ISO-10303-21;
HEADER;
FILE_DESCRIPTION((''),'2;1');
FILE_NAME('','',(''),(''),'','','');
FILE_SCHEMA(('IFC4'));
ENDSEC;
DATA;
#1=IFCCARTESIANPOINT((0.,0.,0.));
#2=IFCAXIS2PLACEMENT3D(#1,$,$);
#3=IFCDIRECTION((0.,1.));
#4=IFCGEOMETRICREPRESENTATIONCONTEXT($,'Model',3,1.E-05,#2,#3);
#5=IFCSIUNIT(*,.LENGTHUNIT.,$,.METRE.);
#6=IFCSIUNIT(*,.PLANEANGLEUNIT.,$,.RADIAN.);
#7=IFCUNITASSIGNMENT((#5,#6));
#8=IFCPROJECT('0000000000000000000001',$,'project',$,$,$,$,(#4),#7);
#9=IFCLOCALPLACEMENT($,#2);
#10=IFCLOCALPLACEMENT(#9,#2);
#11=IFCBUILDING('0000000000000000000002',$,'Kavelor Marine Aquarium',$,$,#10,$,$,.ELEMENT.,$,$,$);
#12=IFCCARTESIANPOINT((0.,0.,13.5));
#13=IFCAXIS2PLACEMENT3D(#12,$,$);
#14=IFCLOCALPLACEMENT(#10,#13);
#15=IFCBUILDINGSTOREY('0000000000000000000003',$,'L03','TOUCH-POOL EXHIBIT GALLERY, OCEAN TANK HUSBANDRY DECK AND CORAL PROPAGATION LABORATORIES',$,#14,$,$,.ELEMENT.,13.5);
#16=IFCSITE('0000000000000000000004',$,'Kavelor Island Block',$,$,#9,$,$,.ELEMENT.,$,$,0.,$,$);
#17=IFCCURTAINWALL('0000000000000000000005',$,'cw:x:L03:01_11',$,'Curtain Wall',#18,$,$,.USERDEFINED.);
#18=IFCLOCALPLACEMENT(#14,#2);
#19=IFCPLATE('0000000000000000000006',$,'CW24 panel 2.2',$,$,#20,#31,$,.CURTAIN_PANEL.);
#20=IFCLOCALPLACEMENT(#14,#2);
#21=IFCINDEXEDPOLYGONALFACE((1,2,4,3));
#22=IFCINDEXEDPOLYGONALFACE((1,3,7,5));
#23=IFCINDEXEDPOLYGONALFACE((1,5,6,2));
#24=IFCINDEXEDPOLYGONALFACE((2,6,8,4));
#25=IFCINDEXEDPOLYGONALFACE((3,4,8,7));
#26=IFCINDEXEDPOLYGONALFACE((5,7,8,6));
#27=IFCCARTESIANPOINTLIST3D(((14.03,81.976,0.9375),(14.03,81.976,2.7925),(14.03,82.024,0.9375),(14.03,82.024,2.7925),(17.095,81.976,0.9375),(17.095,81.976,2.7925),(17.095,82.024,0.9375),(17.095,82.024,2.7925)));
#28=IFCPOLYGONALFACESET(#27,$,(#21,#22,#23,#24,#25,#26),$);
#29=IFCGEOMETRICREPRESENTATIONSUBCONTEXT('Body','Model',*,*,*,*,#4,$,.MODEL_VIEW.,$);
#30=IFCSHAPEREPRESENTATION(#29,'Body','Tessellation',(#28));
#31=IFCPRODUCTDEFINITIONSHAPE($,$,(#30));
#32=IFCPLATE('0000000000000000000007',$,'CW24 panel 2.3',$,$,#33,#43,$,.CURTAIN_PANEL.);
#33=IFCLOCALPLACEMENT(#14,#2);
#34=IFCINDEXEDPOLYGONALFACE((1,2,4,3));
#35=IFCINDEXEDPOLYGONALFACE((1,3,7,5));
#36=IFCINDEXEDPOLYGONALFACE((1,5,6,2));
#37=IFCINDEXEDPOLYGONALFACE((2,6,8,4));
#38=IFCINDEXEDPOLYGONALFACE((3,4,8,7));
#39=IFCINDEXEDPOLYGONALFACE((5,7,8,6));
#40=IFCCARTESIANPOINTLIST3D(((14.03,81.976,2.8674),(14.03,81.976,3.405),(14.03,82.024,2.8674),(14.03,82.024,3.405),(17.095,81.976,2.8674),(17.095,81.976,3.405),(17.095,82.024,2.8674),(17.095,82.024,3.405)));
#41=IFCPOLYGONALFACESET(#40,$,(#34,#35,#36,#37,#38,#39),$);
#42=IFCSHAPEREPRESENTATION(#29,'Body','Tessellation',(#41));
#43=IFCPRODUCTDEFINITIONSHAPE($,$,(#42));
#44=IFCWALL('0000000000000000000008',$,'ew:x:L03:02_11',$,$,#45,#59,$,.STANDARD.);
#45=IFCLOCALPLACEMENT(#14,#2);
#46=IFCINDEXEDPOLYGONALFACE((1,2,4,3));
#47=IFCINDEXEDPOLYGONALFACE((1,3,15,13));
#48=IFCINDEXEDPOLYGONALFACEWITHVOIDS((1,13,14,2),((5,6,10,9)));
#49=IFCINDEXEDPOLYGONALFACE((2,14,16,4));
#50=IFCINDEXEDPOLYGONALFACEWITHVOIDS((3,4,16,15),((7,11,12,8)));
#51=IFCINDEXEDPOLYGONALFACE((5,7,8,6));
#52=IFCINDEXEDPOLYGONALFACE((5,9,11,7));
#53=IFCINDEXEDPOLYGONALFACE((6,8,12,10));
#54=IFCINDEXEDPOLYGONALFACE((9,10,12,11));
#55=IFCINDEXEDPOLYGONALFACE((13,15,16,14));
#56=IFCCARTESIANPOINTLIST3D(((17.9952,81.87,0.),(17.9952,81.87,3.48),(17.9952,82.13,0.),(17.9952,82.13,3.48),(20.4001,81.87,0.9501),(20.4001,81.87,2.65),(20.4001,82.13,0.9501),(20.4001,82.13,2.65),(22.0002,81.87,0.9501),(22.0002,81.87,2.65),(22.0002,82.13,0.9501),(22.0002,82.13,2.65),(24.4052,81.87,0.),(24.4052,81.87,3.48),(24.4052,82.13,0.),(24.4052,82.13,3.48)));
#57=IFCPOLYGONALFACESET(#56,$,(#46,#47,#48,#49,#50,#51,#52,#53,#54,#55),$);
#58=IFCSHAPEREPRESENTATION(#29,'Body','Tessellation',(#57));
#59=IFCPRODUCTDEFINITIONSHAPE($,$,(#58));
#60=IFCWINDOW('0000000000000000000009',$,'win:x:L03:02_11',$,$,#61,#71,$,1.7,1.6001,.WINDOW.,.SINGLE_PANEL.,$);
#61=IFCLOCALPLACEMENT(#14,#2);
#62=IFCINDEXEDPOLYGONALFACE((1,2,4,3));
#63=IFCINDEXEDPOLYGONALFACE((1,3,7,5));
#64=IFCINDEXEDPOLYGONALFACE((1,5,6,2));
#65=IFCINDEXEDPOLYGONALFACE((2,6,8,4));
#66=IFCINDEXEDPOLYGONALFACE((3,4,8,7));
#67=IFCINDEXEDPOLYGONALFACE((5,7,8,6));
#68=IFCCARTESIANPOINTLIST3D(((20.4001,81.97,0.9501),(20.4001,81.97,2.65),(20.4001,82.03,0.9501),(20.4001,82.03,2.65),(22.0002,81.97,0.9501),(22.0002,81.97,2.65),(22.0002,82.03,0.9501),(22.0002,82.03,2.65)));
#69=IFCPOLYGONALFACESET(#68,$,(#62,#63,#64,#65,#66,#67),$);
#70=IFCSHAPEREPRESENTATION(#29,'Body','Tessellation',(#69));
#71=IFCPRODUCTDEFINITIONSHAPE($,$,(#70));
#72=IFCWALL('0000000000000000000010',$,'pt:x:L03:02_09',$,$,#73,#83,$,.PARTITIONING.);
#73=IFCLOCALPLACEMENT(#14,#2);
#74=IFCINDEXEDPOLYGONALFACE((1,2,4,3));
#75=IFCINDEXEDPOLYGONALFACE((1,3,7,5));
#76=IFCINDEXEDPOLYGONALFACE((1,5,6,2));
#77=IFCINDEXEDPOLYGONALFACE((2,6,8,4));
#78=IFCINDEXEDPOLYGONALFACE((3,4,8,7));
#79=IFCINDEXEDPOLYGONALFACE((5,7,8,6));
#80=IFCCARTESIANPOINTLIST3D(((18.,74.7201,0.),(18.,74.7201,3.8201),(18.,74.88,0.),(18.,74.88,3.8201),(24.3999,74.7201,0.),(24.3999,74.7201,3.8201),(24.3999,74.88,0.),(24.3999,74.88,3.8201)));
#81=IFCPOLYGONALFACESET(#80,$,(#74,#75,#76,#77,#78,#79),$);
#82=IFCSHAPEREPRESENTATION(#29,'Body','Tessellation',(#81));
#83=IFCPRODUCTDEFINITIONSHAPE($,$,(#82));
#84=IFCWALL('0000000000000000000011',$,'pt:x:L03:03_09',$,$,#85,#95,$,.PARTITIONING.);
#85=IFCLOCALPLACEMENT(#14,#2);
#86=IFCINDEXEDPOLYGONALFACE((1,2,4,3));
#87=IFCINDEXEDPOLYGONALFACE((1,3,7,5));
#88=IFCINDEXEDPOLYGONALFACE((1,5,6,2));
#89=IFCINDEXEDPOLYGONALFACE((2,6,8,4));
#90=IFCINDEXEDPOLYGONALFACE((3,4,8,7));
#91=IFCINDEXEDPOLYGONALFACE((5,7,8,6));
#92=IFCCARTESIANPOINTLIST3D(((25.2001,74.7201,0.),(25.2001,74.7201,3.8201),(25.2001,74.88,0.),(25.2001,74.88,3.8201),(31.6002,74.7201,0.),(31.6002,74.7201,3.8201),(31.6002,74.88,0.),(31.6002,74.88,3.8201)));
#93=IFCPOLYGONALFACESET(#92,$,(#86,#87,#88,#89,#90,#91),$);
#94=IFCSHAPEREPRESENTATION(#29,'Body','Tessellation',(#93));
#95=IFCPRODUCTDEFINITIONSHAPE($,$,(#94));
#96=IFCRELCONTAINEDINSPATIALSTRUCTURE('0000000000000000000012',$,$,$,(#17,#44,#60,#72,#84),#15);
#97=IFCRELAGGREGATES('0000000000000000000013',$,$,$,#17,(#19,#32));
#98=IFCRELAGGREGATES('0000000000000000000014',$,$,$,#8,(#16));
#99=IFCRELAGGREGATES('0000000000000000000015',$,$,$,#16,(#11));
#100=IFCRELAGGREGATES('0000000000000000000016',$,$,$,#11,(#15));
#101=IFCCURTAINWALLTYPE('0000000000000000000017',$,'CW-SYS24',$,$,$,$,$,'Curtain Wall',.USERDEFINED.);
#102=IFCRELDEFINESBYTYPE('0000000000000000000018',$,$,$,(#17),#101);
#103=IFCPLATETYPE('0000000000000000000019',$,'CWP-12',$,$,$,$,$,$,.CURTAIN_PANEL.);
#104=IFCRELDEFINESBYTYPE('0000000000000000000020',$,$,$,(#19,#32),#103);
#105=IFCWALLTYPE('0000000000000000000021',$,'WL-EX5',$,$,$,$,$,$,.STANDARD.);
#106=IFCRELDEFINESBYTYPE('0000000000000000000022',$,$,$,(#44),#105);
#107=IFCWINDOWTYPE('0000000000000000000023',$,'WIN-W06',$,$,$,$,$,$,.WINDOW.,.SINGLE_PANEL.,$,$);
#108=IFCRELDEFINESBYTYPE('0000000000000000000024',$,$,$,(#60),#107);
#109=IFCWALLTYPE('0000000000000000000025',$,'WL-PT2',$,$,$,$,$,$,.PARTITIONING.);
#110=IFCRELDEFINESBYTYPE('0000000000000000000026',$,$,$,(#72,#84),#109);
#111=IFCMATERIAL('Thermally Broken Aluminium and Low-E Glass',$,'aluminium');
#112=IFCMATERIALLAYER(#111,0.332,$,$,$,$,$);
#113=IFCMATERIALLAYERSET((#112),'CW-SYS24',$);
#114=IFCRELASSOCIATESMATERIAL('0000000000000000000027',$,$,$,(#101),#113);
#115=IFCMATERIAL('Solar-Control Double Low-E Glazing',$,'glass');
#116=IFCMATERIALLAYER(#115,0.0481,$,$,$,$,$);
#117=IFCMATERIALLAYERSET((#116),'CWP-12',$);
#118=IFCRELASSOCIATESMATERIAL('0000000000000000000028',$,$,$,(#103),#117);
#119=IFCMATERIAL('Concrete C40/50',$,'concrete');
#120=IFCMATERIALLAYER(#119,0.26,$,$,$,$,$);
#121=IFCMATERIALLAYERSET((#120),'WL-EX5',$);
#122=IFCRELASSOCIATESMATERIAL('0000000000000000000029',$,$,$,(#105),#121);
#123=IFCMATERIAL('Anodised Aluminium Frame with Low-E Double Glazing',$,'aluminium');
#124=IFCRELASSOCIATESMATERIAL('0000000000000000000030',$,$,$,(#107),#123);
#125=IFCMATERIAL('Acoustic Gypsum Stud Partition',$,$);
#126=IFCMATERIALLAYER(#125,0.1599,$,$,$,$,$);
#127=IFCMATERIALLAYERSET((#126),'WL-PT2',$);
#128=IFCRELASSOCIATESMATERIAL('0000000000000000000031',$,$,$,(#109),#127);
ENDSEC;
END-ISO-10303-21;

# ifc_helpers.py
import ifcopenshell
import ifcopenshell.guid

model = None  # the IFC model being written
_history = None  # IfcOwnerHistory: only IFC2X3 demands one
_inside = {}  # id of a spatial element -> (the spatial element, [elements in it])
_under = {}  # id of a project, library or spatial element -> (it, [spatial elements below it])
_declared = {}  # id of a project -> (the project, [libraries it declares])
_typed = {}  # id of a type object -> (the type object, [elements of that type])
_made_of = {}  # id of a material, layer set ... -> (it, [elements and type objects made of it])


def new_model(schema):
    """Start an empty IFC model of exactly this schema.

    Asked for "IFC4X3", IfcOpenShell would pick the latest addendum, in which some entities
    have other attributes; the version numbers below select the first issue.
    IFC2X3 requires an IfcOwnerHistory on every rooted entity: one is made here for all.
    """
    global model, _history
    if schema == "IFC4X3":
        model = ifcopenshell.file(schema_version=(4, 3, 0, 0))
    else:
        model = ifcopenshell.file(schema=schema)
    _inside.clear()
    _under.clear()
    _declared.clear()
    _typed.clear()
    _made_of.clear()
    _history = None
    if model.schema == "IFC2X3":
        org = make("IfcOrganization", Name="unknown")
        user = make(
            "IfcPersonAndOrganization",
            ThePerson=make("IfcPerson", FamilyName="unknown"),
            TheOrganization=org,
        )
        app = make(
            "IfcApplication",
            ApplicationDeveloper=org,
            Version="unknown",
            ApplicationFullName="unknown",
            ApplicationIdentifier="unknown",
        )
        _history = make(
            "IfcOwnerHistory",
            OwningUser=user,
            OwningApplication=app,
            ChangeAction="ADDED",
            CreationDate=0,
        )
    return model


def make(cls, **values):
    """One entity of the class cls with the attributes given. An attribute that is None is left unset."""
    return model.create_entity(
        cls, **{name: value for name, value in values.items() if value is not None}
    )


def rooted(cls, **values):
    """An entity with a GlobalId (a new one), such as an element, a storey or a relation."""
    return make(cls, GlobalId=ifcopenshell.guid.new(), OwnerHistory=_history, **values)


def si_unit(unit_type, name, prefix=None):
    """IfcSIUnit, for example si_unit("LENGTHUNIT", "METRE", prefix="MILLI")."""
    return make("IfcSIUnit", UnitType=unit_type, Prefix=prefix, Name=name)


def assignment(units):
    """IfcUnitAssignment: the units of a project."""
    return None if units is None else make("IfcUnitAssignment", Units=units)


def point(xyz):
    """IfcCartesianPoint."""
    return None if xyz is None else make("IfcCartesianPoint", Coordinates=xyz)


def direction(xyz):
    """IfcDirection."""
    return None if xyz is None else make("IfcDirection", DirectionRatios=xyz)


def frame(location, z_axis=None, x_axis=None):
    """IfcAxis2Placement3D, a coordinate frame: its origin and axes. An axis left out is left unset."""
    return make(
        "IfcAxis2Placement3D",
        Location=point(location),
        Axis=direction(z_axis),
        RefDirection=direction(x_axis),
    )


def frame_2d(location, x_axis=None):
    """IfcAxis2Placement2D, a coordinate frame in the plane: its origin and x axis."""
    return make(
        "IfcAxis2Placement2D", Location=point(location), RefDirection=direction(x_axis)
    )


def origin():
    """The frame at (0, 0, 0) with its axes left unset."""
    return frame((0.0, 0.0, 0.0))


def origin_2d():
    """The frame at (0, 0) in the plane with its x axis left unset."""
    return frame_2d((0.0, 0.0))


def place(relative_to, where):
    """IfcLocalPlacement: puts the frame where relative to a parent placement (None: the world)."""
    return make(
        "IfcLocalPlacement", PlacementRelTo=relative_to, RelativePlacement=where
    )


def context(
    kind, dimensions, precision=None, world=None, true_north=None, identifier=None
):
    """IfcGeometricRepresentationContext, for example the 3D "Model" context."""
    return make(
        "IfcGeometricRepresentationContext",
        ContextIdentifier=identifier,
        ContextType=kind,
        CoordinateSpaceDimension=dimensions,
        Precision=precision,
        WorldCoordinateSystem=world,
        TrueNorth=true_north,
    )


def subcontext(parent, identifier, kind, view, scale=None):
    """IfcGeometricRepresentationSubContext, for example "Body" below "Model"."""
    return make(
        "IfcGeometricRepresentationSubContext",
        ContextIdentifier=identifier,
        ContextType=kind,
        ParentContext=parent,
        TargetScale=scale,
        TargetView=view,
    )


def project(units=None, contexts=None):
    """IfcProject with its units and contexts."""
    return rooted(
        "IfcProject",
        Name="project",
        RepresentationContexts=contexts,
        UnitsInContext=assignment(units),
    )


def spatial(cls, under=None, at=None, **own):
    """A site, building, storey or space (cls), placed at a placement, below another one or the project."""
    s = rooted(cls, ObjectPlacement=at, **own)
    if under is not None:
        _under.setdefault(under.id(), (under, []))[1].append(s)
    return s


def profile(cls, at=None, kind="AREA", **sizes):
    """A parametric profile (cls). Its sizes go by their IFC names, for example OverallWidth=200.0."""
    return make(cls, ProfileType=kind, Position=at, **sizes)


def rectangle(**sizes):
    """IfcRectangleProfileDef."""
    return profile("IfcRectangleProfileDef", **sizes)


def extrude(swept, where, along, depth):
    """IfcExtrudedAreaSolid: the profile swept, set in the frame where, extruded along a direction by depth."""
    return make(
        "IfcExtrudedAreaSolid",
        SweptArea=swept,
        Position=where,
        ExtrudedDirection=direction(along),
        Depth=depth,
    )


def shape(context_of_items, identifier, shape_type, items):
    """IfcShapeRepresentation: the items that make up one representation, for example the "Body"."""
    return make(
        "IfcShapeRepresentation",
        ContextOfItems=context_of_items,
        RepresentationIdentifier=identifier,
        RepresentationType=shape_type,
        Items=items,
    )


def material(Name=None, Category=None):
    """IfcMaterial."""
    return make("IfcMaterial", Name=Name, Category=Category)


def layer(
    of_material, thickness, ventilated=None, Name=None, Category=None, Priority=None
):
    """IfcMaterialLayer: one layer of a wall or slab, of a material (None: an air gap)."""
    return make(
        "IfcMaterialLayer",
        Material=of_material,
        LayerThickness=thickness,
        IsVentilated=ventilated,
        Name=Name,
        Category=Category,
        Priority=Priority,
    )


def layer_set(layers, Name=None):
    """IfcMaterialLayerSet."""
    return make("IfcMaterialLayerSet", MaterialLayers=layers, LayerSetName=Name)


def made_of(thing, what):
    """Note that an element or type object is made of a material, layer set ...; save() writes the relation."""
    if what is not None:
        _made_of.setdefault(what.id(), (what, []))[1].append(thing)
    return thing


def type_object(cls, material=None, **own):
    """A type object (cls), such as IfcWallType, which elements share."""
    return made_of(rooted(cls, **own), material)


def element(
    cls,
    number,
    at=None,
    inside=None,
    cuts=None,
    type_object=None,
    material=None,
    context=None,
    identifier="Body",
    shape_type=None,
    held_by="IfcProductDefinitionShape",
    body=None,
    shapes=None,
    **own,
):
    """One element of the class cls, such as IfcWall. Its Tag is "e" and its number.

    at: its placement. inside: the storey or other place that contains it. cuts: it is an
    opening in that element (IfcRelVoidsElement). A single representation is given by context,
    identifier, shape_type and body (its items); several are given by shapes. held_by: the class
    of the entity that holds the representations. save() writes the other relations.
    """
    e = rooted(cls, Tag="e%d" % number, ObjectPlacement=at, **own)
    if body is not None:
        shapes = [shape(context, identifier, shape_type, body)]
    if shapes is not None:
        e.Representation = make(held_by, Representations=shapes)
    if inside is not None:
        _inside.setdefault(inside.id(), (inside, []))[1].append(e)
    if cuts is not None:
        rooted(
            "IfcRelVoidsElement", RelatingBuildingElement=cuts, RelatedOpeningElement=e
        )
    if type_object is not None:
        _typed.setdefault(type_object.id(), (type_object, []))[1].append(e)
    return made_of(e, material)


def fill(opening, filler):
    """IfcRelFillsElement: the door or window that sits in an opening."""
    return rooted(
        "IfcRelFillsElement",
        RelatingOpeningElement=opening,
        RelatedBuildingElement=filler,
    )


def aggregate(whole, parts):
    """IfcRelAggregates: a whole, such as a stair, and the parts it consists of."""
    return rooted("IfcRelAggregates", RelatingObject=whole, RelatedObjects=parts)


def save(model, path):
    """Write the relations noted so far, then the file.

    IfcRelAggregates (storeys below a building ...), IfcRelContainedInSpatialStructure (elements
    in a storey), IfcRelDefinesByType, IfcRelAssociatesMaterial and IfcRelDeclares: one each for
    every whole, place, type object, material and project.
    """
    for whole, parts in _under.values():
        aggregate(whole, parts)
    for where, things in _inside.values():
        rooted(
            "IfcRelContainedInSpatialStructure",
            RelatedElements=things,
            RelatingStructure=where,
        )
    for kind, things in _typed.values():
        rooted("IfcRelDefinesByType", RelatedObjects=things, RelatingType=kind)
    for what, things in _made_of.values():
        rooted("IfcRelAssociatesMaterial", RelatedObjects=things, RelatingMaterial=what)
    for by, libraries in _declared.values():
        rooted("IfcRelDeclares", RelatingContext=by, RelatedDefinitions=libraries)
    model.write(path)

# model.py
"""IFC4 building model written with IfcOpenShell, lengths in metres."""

from ifc_helpers import new_model, si_unit, direction, frame, frame_2d, origin, origin_2d, place, context, subcontext, project, spatial, rectangle, extrude, material, layer, layer_set, type_object, element, fill, aggregate, save


model = new_model("IFC4")

# Units and contexts
model_context = context("Model", 3, precision=1e-05, world=origin(), true_north=direction((0.0, 1.0)))
body_context = subcontext(model_context, "Body", "Model", "MODEL_VIEW")
ifc_project = project(units=[si_unit("LENGTHUNIT", "METRE"), si_unit("PLANEANGLEUNIT", "RADIAN")], contexts=[model_context])

# Site, building, storey
site_placement = place(None, origin())
site = spatial("IfcSite", under=ifc_project, at=site_placement, Name="Kavelor Island Block", CompositionType="ELEMENT", RefElevation=0.0)
building_placement = place(site_placement, origin())
building = spatial("IfcBuilding", under=site, at=building_placement, Name="Kavelor Marine Aquarium", CompositionType="ELEMENT")
storey_placement = place(building_placement, frame((0.0, 0.0, 13.5)))
storey = spatial("IfcBuildingStorey", under=building, at=storey_placement, Name="L03", Description="TOUCH-POOL EXHIBIT GALLERY, OCEAN TANK HUSBANDRY DECK AND CORAL PROPAGATION LABORATORIES", CompositionType="ELEMENT", Elevation=13.5)

# Curtain wall
ifc_material_1 = material(Name="Thermally Broken Aluminium and Low-E Glass", Category="aluminium")
ifc_layer_1 = layer(ifc_material_1, 0.332)
ifc_layer_set_1 = layer_set([ifc_layer_1], Name="CW-SYS24")
curtain_wall_type_1 = type_object("IfcCurtainWallType", Name="CW-SYS24", ElementType="Curtain Wall", PredefinedType="USERDEFINED", material=ifc_layer_set_1)
curtain_wall_1_placement = place(storey_placement, origin())
curtain_wall_1 = element("IfcCurtainWall", 1, at=curtain_wall_1_placement, inside=storey, type_object=curtain_wall_type_1, Name="cw:x:L03:01_11", ObjectType="Curtain Wall", PredefinedType="USERDEFINED")

# Plates
ifc_material_2 = material(Name="Solar-Control Double Low-E Glazing", Category="glass")
ifc_layer_2 = layer(ifc_material_2, 0.0481)
ifc_layer_set_2 = layer_set([ifc_layer_2], Name="CWP-12")
plate_type = type_object("IfcPlateType", Name="CWP-12", PredefinedType="CURTAIN_PANEL", material=ifc_layer_set_2)
plate_1_placement = place(storey_placement, frame((15.5625, 82.0, 0.9375), z_axis=(0.0, 0.0, 1.0), x_axis=(1.0, 0.0, 0.0)))
plate_1 = element("IfcPlate", 2, at=plate_1_placement, type_object=plate_type, Name="CW24 panel 2.2", PredefinedType="CURTAIN_PANEL", context=body_context, shape_type="SweptSolid", body=[
    extrude(rectangle(XDim=3.0649, YDim=0.0481, at=origin_2d()), origin(), (0.0, 0.0, 1.0), 1.855),
])
plate_2_placement = place(storey_placement, frame((15.5625, 82.0, 2.8674), z_axis=(0.0, 0.0, 1.0), x_axis=(1.0, 0.0, 0.0)))
plate_2 = element("IfcPlate", 3, at=plate_2_placement, type_object=plate_type, Name="CW24 panel 2.3", PredefinedType="CURTAIN_PANEL", context=body_context, shape_type="SweptSolid", body=[
    extrude(rectangle(XDim=3.0649, YDim=0.0481, at=origin_2d()), origin(), (0.0, 0.0, 1.0), 0.5376),
])
aggregate(curtain_wall_1, [plate_1, plate_2])

# Wall, opening, window
ifc_material_3 = material(Name="Concrete C40/50", Category="concrete")
ifc_layer_3 = layer(ifc_material_3, 0.26)
ifc_layer_set_3 = layer_set([ifc_layer_3], Name="WL-EX5")
wall_type_1 = type_object("IfcWallType", Name="WL-EX5", PredefinedType="STANDARD", material=ifc_layer_set_3)
wall_1_placement = place(storey_placement, frame((17.9951, 82.0, 0.0), z_axis=(0.0, 0.0, 1.0), x_axis=(1.0, 0.0, 0.0)))
wall_1 = element("IfcWall", 4, at=wall_1_placement, inside=storey, type_object=wall_type_1, Name="ew:x:L03:02_11", PredefinedType="STANDARD", context=body_context, shape_type="SweptSolid", body=[
    extrude(rectangle(XDim=6.4099, YDim=0.26, at=frame_2d((3.2051, 0.0))), origin(), (0.0, 0.0, 1.0), 3.48),
])
opening_placement = place(wall_1_placement, frame((2.405, 0.0, 0.95)))
opening = element("IfcOpeningElement", 5, at=opening_placement, cuts=wall_1, PredefinedType="OPENING", context=body_context, shape_type="SweptSolid", body=[
    extrude(rectangle(XDim=1.6001, YDim=1.7, at=frame_2d((0.8, 0.8501))), frame((0.0, 0.1399, 0.0), z_axis=(0.0, -1.0, 0.0), x_axis=(1.0, 0.0, 0.0)), (0.0, 0.0, 1.0), 0.28),
])
ifc_material_4 = material(Name="Anodised Aluminium Frame with Low-E Double Glazing", Category="aluminium")
window_type = type_object("IfcWindowType", Name="WIN-W06", PartitioningType="SINGLE_PANEL", PredefinedType="WINDOW", material=ifc_material_4)
window_placement = place(opening_placement, origin())
window = element("IfcWindow", 6, at=window_placement, inside=storey, type_object=window_type, Name="win:x:L03:02_11", OverallHeight=1.7, OverallWidth=1.6001, PartitioningType="SINGLE_PANEL", PredefinedType="WINDOW", context=body_context, shape_type="SweptSolid", body=[
    extrude(rectangle(XDim=1.6001, YDim=1.7, at=frame_2d((0.8, 0.8501))), frame((0.0, 0.03, 0.0), z_axis=(0.0, -1.0, 0.0), x_axis=(1.0, 0.0, 0.0)), (0.0, 0.0, 1.0), 0.0601),
])
fill(opening, window)

# Walls
ifc_material_5 = material(Name="Acoustic Gypsum Stud Partition")
ifc_layer_4 = layer(ifc_material_5, 0.1599)
ifc_layer_set_4 = layer_set([ifc_layer_4], Name="WL-PT2")
wall_type_2 = type_object("IfcWallType", Name="WL-PT2", PredefinedType="PARTITIONING", material=ifc_layer_set_4)
wall_2_placement = place(storey_placement, frame((18.0, 74.8, 0.0), z_axis=(0.0, 0.0, 1.0), x_axis=(1.0, 0.0, 0.0)))
element("IfcWall", 7, at=wall_2_placement, inside=storey, type_object=wall_type_2, Name="pt:x:L03:02_09", PredefinedType="PARTITIONING", context=body_context, shape_type="SweptSolid", body=[
    extrude(rectangle(XDim=6.3999, YDim=0.1599, at=frame_2d((3.2, 0.0))), origin(), (0.0, 0.0, 1.0), 3.8201),
])
wall_3_placement = place(storey_placement, frame((25.2, 74.8, 0.0), z_axis=(0.0, 0.0, 1.0), x_axis=(1.0, 0.0, 0.0)))
element("IfcWall", 8, at=wall_3_placement, inside=storey, type_object=wall_type_2, Name="pt:x:L03:03_09", PredefinedType="PARTITIONING", context=body_context, shape_type="SweptSolid", body=[
    extrude(rectangle(XDim=6.4001, YDim=0.1599, at=frame_2d((3.2002, 0.0))), origin(), (0.0, 0.0, 1.0), 3.8201),
])

save(model, "model.ifc")
